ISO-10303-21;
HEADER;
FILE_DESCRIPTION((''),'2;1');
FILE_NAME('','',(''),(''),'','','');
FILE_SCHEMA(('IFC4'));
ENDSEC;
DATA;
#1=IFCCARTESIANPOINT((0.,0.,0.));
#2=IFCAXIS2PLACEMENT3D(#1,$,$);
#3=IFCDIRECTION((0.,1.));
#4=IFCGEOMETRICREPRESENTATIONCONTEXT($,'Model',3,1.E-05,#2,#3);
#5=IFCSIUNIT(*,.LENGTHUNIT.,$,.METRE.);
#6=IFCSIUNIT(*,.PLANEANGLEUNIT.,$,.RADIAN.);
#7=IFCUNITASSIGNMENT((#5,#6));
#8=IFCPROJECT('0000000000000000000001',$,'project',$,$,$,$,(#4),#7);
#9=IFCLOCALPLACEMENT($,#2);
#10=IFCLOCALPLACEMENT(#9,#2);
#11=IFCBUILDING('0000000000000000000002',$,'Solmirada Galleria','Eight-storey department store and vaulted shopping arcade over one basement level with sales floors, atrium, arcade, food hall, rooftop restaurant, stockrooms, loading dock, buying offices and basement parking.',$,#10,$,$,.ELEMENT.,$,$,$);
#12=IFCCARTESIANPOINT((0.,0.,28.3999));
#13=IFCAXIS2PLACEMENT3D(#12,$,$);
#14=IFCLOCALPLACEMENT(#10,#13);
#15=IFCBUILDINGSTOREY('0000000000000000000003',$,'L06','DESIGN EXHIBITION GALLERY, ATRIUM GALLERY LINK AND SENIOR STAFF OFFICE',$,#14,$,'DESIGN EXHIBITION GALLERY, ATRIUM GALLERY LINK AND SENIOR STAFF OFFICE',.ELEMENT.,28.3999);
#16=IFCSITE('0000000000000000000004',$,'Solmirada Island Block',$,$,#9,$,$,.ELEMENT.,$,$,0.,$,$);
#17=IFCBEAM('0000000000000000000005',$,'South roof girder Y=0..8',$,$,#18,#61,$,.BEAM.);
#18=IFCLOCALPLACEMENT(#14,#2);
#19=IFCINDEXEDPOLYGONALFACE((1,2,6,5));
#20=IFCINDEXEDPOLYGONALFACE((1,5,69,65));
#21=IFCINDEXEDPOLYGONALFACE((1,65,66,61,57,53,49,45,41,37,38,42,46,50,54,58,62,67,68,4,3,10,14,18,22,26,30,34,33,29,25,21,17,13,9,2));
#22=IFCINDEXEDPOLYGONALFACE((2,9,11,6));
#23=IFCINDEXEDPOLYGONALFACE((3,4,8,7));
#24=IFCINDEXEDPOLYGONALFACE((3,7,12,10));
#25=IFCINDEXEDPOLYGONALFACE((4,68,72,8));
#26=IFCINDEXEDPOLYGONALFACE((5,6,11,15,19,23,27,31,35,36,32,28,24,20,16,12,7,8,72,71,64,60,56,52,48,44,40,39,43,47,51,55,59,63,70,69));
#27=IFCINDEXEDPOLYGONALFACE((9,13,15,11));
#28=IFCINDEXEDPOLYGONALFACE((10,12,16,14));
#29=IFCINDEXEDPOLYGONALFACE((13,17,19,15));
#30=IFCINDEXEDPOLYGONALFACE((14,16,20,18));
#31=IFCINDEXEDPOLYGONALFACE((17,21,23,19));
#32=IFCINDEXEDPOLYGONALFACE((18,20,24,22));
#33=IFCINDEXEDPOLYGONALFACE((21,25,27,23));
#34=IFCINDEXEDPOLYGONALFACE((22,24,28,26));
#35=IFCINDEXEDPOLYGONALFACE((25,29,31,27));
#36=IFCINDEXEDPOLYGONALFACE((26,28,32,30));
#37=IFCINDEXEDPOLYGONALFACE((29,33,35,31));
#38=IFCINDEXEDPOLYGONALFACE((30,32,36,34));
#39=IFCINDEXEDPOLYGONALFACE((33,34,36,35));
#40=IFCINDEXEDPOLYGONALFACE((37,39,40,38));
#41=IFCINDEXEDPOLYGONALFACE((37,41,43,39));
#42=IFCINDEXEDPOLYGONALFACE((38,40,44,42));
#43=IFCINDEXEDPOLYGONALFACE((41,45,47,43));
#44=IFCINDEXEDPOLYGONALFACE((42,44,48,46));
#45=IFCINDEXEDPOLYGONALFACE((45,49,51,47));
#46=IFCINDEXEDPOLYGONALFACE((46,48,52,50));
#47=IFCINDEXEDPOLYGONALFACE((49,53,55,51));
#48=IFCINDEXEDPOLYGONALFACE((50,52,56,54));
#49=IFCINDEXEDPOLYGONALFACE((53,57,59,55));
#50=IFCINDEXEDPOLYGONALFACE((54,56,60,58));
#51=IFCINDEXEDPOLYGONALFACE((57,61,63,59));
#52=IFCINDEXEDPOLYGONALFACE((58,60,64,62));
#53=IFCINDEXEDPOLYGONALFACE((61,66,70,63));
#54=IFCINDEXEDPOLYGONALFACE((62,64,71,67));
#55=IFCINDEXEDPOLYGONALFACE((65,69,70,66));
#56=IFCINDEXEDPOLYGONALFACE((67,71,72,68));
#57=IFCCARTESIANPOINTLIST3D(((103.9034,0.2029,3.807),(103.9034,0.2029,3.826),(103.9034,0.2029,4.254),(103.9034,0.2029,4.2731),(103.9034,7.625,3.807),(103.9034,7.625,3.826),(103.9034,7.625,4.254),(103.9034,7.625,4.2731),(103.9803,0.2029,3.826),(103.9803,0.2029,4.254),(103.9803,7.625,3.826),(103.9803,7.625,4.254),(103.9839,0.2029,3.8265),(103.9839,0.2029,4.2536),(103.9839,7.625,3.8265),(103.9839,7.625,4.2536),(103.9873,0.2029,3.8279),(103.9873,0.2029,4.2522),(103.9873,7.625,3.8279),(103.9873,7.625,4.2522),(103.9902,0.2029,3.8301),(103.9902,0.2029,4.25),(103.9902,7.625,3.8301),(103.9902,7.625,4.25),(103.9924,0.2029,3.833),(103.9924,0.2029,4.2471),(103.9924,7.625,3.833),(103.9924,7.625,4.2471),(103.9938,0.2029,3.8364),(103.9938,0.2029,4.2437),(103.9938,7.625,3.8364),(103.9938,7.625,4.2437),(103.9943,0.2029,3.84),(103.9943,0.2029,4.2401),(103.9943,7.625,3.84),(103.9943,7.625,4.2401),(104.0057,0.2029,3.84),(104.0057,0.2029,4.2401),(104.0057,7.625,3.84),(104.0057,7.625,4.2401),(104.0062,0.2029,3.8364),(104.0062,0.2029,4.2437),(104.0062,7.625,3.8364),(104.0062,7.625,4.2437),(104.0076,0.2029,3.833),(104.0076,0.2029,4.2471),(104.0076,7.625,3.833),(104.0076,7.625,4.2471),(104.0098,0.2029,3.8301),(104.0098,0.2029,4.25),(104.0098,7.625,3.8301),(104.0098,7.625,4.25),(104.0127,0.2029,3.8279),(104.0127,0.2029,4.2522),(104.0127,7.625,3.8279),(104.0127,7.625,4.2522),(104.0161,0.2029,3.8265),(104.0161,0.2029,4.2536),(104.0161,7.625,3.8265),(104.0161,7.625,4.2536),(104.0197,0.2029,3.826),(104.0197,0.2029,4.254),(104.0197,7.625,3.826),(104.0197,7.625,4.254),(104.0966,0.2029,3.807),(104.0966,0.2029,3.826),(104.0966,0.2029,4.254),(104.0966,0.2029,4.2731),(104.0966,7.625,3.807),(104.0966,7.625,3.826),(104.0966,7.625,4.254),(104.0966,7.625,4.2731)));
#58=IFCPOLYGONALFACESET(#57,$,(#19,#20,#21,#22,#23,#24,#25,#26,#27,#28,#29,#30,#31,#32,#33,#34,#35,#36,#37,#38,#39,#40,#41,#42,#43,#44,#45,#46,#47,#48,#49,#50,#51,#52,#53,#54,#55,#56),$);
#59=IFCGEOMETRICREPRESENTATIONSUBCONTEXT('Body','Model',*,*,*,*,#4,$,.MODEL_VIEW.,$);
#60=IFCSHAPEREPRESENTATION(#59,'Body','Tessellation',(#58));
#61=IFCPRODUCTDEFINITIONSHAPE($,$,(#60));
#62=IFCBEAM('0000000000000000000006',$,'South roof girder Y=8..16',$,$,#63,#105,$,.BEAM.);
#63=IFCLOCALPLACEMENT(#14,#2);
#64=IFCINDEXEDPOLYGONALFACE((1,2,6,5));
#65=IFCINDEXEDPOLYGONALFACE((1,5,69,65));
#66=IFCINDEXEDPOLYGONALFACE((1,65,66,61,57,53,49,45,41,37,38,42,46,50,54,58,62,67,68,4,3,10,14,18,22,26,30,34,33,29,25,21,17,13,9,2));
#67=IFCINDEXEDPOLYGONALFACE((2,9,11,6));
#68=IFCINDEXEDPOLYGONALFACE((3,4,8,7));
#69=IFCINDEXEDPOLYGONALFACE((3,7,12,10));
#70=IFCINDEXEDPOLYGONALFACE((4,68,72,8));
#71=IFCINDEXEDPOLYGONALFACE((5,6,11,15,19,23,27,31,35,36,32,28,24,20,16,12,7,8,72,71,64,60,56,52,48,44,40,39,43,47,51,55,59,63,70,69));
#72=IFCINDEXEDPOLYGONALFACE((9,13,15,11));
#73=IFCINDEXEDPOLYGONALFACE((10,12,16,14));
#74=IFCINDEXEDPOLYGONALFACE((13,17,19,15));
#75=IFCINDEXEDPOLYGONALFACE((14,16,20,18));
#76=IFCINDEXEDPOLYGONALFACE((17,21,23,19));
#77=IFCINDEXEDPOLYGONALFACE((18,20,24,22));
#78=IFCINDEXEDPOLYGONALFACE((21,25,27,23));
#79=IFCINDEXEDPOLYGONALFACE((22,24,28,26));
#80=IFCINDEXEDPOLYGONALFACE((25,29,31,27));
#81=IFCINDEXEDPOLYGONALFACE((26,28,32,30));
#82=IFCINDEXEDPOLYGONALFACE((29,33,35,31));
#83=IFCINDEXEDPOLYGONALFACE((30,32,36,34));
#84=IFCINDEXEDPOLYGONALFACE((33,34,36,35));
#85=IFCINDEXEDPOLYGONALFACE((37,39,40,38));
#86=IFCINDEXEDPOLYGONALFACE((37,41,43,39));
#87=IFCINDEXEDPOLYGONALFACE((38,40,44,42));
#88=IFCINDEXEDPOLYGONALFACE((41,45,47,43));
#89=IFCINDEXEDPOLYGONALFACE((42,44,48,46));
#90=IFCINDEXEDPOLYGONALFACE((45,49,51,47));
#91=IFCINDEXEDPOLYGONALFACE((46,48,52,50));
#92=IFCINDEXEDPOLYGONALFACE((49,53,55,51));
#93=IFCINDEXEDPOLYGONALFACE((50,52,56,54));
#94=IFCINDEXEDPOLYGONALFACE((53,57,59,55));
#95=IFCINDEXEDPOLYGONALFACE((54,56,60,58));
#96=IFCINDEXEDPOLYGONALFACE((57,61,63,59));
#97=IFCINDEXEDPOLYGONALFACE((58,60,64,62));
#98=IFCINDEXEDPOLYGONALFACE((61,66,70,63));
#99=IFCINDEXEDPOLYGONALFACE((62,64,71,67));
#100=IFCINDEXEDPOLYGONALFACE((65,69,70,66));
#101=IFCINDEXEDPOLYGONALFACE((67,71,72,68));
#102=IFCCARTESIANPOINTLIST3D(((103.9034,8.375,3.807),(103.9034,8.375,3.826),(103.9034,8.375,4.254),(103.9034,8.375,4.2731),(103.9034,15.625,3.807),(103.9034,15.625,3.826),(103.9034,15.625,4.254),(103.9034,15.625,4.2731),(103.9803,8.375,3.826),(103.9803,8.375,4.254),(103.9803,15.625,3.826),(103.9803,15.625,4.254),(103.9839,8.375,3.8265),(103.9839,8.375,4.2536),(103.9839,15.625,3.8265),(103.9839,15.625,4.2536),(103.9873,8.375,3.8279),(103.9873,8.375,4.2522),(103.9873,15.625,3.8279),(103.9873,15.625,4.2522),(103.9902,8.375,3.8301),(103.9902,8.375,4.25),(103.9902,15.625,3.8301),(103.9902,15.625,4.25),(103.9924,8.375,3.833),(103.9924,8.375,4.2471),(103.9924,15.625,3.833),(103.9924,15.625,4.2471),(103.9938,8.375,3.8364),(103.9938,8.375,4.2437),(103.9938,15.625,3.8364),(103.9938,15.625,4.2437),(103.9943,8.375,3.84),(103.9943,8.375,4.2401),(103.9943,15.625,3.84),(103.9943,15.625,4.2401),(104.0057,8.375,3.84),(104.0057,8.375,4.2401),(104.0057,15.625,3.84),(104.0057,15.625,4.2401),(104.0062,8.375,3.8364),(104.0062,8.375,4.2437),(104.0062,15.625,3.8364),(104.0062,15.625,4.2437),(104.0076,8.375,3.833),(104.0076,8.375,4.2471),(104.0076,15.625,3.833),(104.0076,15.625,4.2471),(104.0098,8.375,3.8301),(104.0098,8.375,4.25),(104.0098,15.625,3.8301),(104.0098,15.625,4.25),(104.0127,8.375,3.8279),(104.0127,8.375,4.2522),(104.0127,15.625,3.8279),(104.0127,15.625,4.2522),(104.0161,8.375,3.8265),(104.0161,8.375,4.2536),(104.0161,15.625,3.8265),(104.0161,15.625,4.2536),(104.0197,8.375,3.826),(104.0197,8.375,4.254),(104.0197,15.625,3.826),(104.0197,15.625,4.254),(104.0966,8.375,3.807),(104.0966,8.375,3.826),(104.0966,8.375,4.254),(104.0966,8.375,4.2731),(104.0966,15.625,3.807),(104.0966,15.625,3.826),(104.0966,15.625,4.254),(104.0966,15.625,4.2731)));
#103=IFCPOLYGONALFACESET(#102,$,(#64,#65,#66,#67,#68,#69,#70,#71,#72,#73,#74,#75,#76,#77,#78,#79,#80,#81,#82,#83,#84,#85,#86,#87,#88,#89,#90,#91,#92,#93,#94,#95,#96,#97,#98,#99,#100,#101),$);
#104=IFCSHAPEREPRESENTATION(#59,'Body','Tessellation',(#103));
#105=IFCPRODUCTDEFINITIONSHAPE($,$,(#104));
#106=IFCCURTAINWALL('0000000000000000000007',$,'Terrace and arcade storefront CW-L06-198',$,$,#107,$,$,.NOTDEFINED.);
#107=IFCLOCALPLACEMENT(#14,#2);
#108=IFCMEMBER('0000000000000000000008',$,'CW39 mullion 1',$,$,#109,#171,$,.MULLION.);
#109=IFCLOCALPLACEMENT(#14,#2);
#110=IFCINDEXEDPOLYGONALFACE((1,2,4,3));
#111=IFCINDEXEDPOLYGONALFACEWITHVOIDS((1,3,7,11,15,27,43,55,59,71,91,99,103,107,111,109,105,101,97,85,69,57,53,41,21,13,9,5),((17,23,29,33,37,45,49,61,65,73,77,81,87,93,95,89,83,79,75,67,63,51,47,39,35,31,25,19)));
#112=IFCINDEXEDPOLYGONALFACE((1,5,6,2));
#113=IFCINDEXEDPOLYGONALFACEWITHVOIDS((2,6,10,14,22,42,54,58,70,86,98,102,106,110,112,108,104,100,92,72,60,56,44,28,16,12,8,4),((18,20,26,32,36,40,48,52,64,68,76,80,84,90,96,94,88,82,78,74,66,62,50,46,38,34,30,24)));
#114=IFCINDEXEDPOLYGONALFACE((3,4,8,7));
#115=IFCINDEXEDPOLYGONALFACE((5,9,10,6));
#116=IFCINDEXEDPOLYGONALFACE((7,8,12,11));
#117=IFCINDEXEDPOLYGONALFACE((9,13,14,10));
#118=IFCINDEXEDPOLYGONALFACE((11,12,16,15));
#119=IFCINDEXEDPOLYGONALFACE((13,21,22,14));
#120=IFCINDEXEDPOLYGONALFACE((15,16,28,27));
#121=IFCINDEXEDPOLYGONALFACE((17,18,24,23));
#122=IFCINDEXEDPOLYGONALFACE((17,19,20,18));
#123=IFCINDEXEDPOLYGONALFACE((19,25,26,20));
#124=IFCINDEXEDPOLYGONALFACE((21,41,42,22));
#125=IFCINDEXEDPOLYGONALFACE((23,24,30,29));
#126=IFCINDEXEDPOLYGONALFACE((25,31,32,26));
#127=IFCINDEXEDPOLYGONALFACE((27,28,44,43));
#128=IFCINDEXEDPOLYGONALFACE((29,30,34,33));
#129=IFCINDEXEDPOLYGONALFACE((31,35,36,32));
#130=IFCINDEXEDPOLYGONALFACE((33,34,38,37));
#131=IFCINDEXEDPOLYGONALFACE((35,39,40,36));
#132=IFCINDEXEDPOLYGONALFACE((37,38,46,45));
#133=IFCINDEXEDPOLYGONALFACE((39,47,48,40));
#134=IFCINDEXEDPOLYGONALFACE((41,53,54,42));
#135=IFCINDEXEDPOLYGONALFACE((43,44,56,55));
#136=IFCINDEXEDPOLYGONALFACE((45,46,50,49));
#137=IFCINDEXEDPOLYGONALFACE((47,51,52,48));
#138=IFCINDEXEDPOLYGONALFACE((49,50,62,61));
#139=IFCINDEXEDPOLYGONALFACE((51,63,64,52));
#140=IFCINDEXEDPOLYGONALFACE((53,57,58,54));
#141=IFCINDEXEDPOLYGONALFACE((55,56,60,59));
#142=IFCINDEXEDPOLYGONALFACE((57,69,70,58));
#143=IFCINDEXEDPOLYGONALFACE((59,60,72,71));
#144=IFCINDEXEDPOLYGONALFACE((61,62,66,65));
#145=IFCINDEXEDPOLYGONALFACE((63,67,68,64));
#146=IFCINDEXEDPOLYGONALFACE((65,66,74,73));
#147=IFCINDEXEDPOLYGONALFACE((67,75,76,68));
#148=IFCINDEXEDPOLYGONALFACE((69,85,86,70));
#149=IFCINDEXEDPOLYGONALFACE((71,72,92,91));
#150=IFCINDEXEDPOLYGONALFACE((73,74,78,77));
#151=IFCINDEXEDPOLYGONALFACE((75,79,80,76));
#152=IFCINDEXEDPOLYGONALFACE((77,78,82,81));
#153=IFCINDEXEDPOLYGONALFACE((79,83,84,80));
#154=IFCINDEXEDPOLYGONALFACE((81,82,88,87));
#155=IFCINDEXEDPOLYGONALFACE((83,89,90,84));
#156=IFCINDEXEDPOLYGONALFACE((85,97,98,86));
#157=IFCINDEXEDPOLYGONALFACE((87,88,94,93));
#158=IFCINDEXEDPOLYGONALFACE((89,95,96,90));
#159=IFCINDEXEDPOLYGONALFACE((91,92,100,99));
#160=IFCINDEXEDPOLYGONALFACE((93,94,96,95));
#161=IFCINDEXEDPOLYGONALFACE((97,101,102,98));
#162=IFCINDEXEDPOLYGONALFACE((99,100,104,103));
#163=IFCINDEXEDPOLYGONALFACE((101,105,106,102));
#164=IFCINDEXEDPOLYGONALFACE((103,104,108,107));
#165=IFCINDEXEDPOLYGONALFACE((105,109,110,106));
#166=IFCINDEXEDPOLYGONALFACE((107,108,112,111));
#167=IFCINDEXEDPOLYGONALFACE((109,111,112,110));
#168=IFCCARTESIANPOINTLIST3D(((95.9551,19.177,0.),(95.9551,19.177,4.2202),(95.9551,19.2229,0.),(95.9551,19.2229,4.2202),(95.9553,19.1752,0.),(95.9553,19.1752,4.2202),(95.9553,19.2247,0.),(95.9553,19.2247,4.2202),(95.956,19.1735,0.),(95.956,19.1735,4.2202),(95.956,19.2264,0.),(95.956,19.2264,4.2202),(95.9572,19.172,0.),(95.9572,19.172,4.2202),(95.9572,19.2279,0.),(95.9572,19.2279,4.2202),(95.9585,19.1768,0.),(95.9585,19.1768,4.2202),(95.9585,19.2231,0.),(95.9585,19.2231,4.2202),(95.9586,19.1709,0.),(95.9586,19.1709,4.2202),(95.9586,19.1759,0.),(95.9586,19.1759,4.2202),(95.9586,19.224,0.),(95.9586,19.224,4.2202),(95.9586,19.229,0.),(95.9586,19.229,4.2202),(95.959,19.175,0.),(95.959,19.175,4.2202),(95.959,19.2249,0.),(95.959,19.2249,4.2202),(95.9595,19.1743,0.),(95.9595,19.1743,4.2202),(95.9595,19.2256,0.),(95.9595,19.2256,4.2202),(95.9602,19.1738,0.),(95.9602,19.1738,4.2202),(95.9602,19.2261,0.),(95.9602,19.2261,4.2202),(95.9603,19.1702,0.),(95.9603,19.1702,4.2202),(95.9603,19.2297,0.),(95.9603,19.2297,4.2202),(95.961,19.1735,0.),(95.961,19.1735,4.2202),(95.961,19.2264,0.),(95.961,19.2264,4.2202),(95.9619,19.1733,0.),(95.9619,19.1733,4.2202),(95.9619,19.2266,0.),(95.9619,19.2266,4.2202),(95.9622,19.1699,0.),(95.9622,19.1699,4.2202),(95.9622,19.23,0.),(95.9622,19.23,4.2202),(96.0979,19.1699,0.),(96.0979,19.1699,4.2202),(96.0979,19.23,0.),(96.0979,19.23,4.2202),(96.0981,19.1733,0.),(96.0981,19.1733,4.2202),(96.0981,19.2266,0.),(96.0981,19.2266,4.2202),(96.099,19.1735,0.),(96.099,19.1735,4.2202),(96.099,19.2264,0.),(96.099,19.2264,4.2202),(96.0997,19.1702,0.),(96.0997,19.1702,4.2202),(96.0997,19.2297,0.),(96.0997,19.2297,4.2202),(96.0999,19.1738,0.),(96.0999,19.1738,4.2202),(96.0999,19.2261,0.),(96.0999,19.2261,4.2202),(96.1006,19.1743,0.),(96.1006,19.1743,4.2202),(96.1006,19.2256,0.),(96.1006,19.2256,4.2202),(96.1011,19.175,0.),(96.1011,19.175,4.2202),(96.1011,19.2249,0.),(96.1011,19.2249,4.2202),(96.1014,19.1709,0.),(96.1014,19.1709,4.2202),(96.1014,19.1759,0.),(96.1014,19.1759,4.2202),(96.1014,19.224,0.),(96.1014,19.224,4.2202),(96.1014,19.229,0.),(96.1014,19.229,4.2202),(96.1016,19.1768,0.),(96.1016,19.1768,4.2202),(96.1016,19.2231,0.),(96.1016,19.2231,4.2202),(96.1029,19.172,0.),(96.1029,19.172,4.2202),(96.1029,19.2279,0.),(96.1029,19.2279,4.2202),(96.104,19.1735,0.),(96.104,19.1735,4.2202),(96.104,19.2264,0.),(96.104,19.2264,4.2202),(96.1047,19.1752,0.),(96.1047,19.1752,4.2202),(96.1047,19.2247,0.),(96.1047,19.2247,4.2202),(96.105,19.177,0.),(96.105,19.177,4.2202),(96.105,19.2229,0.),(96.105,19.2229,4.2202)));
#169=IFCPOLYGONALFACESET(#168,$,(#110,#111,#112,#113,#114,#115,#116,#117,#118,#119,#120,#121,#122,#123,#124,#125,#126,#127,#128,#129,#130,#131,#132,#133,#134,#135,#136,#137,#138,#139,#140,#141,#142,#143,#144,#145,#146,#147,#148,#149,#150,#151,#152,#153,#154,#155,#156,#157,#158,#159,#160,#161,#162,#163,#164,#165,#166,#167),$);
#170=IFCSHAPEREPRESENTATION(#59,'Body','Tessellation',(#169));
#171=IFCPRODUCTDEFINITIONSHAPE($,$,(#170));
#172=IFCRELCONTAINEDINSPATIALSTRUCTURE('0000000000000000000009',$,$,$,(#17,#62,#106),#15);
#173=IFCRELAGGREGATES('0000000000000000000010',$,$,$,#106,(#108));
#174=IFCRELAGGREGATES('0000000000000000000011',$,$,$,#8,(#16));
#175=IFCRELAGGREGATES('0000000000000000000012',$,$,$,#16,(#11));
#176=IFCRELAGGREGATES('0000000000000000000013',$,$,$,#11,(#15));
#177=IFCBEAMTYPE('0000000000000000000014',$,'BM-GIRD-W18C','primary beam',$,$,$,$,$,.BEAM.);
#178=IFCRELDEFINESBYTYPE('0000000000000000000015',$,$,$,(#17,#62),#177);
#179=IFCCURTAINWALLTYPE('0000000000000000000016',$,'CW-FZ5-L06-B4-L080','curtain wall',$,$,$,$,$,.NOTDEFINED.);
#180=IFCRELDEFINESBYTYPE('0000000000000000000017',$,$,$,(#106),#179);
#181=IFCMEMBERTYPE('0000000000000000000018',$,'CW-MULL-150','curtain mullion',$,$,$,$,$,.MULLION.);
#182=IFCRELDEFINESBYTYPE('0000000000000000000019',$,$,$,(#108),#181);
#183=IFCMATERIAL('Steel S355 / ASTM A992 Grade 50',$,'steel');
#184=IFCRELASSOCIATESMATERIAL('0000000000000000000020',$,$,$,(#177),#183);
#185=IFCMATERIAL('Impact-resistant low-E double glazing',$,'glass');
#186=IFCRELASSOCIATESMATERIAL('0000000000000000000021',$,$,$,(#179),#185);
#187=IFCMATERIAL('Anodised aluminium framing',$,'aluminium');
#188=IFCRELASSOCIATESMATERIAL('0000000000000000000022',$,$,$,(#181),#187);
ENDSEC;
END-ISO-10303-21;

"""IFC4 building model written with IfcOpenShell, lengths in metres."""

from ifc_helpers import new_model, si_unit, direction, frame, origin, origin_2d, place, context, subcontext, project, spatial, hollow_rectangle, i_section, extrude, material, material_profile, profile_set, type_object, element, aggregate, save


model = new_model("IFC4")

# Units and contexts
model_context = context("Model", 3, precision=1e-05, world=origin(), true_north=direction((0.0, 1.0)))
body_context = subcontext(model_context, "Body", "Model", "MODEL_VIEW")
ifc_project = project(units=[si_unit("LENGTHUNIT", "METRE"), si_unit("PLANEANGLEUNIT", "RADIAN")], contexts=[model_context])

# Site, building, storey
site_placement = place(None, origin())
site = spatial("IfcSite", under=ifc_project, at=site_placement, Name="Solmirada Island Block", CompositionType="ELEMENT", RefElevation=0.0)
building_placement = place(site_placement, origin())
building = spatial("IfcBuilding", under=site, at=building_placement, Name="Solmirada Galleria", Description="Eight-storey department store and vaulted shopping arcade over one basement level with sales floors, atrium, arcade, food hall, rooftop restaurant, stockrooms, loading dock, buying offices and basement parking.", CompositionType="ELEMENT")
storey_placement = place(building_placement, frame((0.0, 0.0, 28.3999)))
storey = spatial("IfcBuildingStorey", under=building, at=storey_placement, Name="L06", Description="DESIGN EXHIBITION GALLERY, ATRIUM GALLERY LINK AND SENIOR STAFF OFFICE", LongName="DESIGN EXHIBITION GALLERY, ATRIUM GALLERY LINK AND SENIOR STAFF OFFICE", CompositionType="ELEMENT", Elevation=28.3999)

# Beams
ifc_material_1 = material(Name="Steel S355 / ASTM A992 Grade 50", Category="steel")
ifc_material_profile_1 = material_profile(ifc_material_1, i_section(OverallWidth=0.1931, OverallDepth=0.4661, WebThickness=0.0115, FlangeThickness=0.019, FilletRadius=0.0139, at=origin_2d()), Name="W18X65")
ifc_profile_set_1 = profile_set([ifc_material_profile_1], Name="Steel S355 / ASTM A992 Grade 50")
beam_type = type_object("IfcBeamType", Name="BM-GIRD-W18C", Description="primary beam", PredefinedType="BEAM", material=ifc_profile_set_1)
beam_1_placement = place(storey_placement, frame((104.0, 0.2029, 4.04), z_axis=(0.0, 1.0, 0.0), x_axis=(-1.0, 0.0, 0.0)))
element("IfcBeam", 1, at=beam_1_placement, inside=storey, type_object=beam_type, Name="South roof girder Y=0..8", PredefinedType="BEAM", context=body_context, shape_type="SweptSolid", body=[
    extrude(i_section(OverallWidth=0.1931, OverallDepth=0.4661, WebThickness=0.0115, FlangeThickness=0.019, FilletRadius=0.0139, at=origin_2d()), origin(), (0.0, 0.0, 1.0), 7.4221),
])
beam_2_placement = place(storey_placement, frame((104.0, 8.375, 4.04), z_axis=(0.0, 1.0, 0.0), x_axis=(-1.0, 0.0, 0.0)))
element("IfcBeam", 2, at=beam_2_placement, inside=storey, type_object=beam_type, Name="South roof girder Y=8..16", PredefinedType="BEAM", context=body_context, shape_type="SweptSolid", body=[
    extrude(i_section(OverallWidth=0.1931, OverallDepth=0.4661, WebThickness=0.0115, FlangeThickness=0.019, FilletRadius=0.0139, at=origin_2d()), origin(), (0.0, 0.0, 1.0), 7.25),
])

# Curtain wall, member
ifc_material_2 = material(Name="Impact-resistant low-E double glazing", Category="glass")
curtain_wall_type = type_object("IfcCurtainWallType", Name="CW-FZ5-L06-B4-L080", Description="curtain wall", PredefinedType="NOTDEFINED", material=ifc_material_2)
curtain_wall_placement = place(storey_placement, origin())
curtain_wall = element("IfcCurtainWall", 3, at=curtain_wall_placement, inside=storey, type_object=curtain_wall_type, Name="Terrace and arcade storefront CW-L06-198", PredefinedType="NOTDEFINED")
ifc_material_3 = material(Name="Anodised aluminium framing", Category="aluminium")
ifc_material_profile_2 = material_profile(ifc_material_3, hollow_rectangle(XDim=0.0601, YDim=0.1499, WallThickness=0.0034, InnerFilletRadius=0.0034, OuterFilletRadius=0.0071, at=origin_2d()), Name="ALU-MULL-150X60")
ifc_profile_set_2 = profile_set([ifc_material_profile_2], Name="Anodised aluminium framing")
member_type_1 = type_object("IfcMemberType", Name="CW-MULL-150", Description="curtain mullion", PredefinedType="MULLION", material=ifc_profile_set_2)
member_1_placement = place(storey_placement, frame((96.03, 19.2, 0.0), z_axis=(0.0, 0.0, 1.0), x_axis=(0.0, 1.0, 0.0)))
member_1 = element("IfcMember", 4, at=member_1_placement, type_object=member_type_1, Name="CW39 mullion 1", PredefinedType="MULLION", context=body_context, shape_type="SweptSolid", body=[
    extrude(hollow_rectangle(XDim=0.0601, YDim=0.1499, WallThickness=0.0034, InnerFilletRadius=0.0034, OuterFilletRadius=0.0071, at=origin_2d()), origin(), (0.0, 0.0, 1.0), 4.2202),
])

aggregate(curtain_wall, [member_1])

save(model, "model.ifc")
